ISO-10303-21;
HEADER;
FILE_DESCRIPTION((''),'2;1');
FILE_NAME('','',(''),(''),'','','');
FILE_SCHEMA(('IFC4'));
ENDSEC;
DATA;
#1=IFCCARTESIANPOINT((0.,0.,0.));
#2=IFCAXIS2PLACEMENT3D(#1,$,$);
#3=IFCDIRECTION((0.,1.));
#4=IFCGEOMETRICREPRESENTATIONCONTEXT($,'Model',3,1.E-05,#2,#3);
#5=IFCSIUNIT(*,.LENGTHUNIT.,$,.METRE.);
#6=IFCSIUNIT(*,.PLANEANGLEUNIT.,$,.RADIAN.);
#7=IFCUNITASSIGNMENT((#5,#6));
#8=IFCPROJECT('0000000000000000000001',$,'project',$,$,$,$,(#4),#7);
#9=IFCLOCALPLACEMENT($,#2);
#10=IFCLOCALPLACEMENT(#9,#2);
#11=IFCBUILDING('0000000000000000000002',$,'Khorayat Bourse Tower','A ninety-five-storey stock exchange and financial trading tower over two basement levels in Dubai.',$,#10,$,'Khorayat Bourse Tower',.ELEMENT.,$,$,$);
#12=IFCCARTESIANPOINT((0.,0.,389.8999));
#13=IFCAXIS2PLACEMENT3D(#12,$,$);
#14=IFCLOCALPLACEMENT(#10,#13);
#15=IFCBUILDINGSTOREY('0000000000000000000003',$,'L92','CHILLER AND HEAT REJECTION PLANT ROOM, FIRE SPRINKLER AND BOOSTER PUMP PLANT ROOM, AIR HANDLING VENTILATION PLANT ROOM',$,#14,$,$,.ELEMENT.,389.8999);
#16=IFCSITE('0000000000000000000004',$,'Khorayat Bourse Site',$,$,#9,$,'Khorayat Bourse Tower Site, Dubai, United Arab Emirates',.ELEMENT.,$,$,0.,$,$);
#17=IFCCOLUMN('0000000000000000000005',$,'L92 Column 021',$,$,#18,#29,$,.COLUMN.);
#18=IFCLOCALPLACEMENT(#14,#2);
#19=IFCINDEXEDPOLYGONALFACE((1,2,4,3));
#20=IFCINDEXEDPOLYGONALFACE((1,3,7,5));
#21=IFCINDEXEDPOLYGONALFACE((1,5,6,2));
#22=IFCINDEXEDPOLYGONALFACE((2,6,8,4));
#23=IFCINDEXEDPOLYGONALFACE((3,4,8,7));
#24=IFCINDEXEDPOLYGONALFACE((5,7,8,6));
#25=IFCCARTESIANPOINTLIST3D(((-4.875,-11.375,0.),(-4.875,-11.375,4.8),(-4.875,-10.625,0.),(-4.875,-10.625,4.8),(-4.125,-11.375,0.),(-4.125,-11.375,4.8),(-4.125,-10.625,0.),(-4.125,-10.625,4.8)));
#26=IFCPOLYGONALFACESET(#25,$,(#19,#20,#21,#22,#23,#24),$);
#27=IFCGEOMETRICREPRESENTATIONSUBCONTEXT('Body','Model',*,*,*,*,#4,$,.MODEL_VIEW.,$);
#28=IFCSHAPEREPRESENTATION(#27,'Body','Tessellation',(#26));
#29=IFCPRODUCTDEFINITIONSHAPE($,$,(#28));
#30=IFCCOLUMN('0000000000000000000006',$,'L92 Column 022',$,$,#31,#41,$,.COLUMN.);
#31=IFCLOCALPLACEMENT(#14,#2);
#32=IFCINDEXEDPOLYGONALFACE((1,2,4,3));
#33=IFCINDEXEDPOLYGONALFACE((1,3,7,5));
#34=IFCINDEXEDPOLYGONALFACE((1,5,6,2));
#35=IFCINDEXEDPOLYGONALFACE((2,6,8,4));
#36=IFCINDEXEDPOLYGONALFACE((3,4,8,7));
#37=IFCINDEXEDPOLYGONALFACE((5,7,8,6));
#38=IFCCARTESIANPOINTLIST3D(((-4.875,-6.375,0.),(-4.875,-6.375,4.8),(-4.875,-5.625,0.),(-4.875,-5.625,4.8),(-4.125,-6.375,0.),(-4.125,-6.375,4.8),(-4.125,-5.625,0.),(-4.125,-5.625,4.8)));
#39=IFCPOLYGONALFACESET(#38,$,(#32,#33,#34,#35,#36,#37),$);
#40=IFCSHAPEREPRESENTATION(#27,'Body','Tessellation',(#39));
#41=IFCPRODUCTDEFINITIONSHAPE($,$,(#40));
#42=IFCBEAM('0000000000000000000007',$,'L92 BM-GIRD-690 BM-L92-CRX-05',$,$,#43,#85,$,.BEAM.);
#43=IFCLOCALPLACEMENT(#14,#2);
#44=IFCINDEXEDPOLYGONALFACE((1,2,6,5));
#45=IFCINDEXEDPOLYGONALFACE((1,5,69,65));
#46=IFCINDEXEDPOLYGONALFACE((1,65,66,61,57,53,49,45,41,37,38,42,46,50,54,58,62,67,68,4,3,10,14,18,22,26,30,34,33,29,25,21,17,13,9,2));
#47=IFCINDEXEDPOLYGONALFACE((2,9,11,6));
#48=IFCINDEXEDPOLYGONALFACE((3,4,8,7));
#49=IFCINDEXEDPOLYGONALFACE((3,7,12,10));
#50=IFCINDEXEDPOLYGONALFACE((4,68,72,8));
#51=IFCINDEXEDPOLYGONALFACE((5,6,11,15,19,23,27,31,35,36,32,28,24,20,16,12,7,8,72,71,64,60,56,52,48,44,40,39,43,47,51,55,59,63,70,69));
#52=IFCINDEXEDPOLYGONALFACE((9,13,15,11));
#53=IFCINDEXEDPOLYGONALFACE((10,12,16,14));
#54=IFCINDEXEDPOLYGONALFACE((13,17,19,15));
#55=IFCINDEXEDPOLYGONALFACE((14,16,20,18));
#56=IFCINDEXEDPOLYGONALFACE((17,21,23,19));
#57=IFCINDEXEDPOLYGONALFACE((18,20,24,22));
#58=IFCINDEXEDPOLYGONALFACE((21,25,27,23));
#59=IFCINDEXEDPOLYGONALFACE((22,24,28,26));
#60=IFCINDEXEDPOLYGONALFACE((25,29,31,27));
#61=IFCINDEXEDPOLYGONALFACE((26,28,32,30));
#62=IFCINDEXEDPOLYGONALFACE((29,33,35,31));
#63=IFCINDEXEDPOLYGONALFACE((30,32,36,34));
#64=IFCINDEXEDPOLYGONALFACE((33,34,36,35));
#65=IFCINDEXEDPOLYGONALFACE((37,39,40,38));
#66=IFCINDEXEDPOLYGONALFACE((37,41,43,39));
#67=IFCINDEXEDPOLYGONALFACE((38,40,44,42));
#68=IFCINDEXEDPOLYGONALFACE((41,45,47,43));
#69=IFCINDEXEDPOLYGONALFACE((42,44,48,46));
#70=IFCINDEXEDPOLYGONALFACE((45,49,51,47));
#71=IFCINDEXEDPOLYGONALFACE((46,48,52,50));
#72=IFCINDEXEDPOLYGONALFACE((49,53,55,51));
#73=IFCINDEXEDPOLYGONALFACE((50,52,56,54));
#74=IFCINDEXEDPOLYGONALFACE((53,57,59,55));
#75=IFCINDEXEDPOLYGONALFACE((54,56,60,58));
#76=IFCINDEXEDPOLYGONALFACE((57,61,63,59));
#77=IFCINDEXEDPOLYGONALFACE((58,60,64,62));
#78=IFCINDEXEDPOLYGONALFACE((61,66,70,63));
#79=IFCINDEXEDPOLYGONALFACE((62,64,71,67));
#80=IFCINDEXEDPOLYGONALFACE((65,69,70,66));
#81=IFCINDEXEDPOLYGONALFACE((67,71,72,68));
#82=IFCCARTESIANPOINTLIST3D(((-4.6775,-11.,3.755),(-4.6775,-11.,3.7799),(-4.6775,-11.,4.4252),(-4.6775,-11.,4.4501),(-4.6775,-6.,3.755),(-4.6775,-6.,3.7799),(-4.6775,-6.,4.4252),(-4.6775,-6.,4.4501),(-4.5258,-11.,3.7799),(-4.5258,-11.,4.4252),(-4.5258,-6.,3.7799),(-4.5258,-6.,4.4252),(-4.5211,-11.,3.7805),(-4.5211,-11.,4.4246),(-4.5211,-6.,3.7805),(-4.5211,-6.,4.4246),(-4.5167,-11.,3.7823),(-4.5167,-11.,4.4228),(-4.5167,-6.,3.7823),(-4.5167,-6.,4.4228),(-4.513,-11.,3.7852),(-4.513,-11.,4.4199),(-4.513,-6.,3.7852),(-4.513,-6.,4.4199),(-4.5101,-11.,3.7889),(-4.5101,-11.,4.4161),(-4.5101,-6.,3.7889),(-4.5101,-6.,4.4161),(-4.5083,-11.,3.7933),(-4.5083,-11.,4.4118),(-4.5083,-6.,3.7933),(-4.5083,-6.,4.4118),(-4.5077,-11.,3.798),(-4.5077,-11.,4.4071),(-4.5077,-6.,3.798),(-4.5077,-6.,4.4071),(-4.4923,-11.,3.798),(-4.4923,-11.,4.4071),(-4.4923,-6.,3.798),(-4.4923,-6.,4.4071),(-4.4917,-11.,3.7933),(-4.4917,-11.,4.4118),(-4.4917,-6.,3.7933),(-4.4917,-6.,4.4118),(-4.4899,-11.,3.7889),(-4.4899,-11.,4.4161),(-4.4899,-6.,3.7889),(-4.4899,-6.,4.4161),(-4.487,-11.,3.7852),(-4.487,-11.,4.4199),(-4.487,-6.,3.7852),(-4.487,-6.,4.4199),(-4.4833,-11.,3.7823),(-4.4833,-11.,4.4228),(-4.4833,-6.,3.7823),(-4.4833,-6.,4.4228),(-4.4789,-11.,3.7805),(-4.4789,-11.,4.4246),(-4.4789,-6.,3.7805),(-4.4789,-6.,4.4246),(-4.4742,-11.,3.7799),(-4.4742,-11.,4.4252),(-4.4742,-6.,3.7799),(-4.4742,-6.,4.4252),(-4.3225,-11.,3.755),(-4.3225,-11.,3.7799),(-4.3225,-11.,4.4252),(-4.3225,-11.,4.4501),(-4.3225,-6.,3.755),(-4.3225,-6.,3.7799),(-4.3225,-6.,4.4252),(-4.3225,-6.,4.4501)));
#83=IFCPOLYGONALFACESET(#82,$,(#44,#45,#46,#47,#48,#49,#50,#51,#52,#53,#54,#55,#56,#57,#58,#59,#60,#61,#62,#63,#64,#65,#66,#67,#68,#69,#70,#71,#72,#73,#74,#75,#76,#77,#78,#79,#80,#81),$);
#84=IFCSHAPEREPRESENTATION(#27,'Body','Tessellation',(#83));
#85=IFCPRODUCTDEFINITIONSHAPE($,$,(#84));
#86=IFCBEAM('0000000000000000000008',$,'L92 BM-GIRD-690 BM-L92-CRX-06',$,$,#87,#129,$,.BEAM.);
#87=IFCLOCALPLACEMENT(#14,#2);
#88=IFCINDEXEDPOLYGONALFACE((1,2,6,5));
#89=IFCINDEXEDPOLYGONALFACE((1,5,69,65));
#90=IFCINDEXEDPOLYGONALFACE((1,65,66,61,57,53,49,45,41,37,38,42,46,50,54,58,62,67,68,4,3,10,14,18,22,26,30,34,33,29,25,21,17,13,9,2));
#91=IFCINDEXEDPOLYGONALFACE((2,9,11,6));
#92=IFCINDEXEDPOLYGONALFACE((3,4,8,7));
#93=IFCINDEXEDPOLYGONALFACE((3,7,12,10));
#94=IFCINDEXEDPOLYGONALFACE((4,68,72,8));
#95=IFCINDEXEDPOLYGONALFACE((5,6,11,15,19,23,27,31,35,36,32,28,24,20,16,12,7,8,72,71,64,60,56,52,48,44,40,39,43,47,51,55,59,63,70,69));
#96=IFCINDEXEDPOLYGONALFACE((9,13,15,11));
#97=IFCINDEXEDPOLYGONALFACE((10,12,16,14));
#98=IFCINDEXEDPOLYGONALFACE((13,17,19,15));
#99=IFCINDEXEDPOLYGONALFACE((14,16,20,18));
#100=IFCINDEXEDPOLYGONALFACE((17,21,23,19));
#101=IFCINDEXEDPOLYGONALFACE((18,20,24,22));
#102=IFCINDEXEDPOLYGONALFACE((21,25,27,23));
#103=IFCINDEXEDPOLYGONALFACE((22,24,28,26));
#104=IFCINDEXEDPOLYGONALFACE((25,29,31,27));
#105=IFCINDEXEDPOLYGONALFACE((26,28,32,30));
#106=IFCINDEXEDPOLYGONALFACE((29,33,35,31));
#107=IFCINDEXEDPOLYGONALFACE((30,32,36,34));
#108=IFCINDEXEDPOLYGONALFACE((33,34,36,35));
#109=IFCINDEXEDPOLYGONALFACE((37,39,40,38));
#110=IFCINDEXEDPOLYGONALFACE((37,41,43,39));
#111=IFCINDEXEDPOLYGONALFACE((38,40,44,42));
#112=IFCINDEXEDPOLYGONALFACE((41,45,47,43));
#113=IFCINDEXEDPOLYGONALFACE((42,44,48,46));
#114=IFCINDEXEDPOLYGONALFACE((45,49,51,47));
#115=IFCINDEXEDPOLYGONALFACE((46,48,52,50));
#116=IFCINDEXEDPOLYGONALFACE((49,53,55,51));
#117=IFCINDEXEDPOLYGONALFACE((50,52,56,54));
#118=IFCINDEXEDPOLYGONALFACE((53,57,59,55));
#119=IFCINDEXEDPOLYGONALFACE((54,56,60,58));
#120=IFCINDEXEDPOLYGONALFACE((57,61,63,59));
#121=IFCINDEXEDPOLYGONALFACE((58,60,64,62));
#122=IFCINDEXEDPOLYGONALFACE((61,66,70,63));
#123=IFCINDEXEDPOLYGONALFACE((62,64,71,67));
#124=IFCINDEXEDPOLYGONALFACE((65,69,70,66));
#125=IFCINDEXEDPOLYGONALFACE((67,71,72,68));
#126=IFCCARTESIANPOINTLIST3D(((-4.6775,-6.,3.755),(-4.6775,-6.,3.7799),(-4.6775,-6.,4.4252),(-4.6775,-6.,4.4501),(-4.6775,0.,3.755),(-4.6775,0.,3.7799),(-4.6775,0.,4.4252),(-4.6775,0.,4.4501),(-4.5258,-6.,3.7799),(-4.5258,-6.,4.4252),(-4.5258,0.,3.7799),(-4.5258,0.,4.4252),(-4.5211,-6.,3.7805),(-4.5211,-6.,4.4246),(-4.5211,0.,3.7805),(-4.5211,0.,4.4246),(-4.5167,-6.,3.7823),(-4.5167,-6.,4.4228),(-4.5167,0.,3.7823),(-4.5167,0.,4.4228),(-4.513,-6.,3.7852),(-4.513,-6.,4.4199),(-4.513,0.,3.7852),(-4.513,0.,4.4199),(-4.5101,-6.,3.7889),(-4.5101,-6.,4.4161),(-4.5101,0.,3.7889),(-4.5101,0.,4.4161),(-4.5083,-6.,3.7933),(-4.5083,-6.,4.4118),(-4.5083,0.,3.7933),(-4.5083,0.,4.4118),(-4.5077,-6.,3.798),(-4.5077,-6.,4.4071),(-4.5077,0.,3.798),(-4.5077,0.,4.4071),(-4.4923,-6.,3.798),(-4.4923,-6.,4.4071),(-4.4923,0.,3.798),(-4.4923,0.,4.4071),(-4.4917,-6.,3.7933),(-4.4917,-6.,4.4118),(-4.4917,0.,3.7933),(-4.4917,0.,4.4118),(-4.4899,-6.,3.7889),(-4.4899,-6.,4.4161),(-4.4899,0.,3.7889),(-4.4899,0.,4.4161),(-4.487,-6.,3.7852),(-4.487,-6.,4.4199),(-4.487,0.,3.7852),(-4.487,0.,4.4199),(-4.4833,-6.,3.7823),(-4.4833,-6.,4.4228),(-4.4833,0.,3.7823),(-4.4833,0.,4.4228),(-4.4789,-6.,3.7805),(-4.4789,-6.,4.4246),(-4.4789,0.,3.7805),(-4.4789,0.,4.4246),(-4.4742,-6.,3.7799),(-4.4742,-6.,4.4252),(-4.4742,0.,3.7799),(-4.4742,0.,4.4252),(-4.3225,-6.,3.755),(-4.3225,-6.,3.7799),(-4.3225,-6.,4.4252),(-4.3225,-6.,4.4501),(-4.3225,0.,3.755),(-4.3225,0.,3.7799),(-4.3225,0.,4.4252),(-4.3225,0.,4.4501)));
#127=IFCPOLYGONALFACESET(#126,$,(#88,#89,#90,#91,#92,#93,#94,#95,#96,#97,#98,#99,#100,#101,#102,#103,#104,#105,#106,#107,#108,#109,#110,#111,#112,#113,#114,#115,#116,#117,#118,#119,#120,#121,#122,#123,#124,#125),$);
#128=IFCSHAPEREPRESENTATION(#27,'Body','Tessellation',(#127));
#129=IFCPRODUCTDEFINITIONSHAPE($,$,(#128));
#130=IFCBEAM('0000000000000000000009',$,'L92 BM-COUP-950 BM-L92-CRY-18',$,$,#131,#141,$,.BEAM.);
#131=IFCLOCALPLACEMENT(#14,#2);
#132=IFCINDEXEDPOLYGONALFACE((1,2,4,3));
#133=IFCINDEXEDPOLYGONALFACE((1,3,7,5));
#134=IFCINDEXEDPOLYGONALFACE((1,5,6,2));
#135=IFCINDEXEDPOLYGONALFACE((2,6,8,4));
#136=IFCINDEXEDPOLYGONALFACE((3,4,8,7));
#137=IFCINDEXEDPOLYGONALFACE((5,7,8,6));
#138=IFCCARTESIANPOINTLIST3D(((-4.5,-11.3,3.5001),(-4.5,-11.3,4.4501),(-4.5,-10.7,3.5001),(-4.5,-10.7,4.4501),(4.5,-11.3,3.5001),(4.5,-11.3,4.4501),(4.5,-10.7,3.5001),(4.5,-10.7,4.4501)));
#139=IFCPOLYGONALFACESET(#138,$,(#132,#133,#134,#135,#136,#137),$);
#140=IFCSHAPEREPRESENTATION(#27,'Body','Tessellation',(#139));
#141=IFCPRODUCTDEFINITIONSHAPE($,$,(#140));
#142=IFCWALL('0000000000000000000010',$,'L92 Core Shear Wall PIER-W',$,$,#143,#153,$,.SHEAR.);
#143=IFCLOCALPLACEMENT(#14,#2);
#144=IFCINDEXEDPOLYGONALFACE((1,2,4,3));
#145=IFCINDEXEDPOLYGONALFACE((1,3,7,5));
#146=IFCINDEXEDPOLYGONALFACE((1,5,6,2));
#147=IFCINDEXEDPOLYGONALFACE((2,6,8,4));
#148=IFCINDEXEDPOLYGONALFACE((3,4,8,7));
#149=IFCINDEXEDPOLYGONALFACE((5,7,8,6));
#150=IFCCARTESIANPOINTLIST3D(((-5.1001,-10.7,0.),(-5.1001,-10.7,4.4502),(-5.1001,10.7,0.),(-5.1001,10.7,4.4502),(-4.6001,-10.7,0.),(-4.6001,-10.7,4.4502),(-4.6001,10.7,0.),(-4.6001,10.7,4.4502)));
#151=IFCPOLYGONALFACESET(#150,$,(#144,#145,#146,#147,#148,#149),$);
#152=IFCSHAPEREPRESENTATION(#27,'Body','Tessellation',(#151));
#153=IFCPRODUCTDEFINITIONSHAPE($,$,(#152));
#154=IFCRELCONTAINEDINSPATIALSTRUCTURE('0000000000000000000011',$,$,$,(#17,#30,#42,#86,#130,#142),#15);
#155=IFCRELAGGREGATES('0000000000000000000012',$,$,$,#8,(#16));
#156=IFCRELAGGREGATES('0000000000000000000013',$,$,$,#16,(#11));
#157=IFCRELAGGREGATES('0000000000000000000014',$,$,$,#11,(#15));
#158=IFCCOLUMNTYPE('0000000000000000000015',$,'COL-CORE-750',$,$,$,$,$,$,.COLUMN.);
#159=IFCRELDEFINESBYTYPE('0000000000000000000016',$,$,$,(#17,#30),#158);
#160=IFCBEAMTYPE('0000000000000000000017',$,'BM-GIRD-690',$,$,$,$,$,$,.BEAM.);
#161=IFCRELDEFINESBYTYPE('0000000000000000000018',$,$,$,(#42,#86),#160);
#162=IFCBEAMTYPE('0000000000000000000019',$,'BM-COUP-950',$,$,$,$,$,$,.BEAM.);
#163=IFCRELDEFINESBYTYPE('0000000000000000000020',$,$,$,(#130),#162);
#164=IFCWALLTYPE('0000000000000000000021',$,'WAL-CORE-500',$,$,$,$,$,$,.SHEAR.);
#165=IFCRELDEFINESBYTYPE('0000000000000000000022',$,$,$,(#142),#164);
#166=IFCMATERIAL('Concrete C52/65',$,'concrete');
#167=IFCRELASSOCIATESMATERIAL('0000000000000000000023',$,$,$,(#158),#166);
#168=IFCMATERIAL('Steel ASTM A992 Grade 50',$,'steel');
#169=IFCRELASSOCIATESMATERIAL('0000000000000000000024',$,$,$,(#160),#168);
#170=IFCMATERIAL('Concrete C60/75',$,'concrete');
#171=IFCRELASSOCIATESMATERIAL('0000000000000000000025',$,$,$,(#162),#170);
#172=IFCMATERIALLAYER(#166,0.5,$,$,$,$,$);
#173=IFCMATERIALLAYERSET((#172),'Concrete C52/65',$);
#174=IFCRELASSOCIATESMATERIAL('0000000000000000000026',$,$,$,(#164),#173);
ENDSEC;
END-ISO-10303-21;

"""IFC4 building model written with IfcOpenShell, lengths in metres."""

from ifc_helpers import new_model, si_unit, direction, frame, frame_2d, origin, origin_2d, place, context, subcontext, project, spatial, rectangle, i_section, extrude, source, transform, mapped, material, layer, layer_set, material_profile, profile_set, type_object, element, save


model = new_model("IFC4")

# Units and contexts
model_context = context("Model", 3, precision=1e-05, world=origin(), true_north=direction((0.0, 1.0)))
body_context = subcontext(model_context, "Body", "Model", "MODEL_VIEW")
ifc_project = project(units=[si_unit("LENGTHUNIT", "METRE"), si_unit("PLANEANGLEUNIT", "RADIAN")], contexts=[model_context])

# Site, building, storey
site_placement = place(None, origin())
site = spatial("IfcSite", under=ifc_project, at=site_placement, Name="Khorayat Bourse Site", LongName="Khorayat Bourse Tower Site, Dubai, United Arab Emirates", CompositionType="ELEMENT", RefElevation=0.0)
building_placement = place(site_placement, origin())
building = spatial("IfcBuilding", under=site, at=building_placement, Name="Khorayat Bourse Tower", Description="A ninety-five-storey stock exchange and financial trading tower over two basement levels in Dubai.", LongName="Khorayat Bourse Tower", CompositionType="ELEMENT")
storey_placement = place(building_placement, frame((0.0, 0.0, 389.8999)))
storey = spatial("IfcBuildingStorey", under=building, at=storey_placement, Name="L92", Description="CHILLER AND HEAT REJECTION PLANT ROOM, FIRE SPRINKLER AND BOOSTER PUMP PLANT ROOM, AIR HANDLING VENTILATION PLANT ROOM", CompositionType="ELEMENT", Elevation=389.8999)

# Columns
ifc_material_1 = material(Name="Concrete C52/65", Category="concrete")
ifc_material_profile_1 = material_profile(ifc_material_1, rectangle(XDim=0.75, YDim=0.75, at=origin_2d()), Name="RC 750x750")
ifc_profile_set_1 = profile_set([ifc_material_profile_1], Name="Concrete C52/65")
column_type = type_object("IfcColumnType", Name="COL-CORE-750", PredefinedType="COLUMN", material=ifc_profile_set_1)
shared_shape_1 = source(origin(), body_context, "Body", "SweptSolid", [
    extrude(rectangle(XDim=0.75, YDim=0.75, at=origin_2d()), origin(), (0.0, 0.0, 1.0), 4.8),
])
for number, where, z_axis, x_axis, name in (
    (1, (-4.5, -11.0, 0.0), (0.0, 0.0, 1.0), (1.0, 0.0, 0.0), "L92 Column 021"),
    (2, (-4.5, -6.0, 0.0), (0.0, 0.0, 1.0), (1.0, 0.0, 0.0), "L92 Column 022"),
):
    element("IfcColumn", number, at=place(storey_placement, frame(where, z_axis=z_axis, x_axis=x_axis)), inside=storey, type_object=column_type, Name=name, PredefinedType="COLUMN", context=body_context, shape_type="MappedRepresentation", body=[
        mapped(shared_shape_1, transform((0.0, 0.0, 0.0), scale=1.0)),
    ])

# Beams
ifc_material_2 = material(Name="Steel ASTM A992 Grade 50", Category="steel")
ifc_material_profile_2 = material_profile(ifc_material_2, i_section(OverallWidth=0.355, OverallDepth=0.6951, WebThickness=0.0154, FlangeThickness=0.0249, FilletRadius=0.0181, at=origin_2d()), Name="W690X217")
ifc_profile_set_2 = profile_set([ifc_material_profile_2], Name="Steel ASTM A992 Grade 50")
beam_type_1 = type_object("IfcBeamType", Name="BM-GIRD-690", PredefinedType="BEAM", material=ifc_profile_set_2)
shared_shape_2 = source(origin(), body_context, "Body", "SweptSolid", [
    extrude(i_section(OverallWidth=0.355, OverallDepth=0.6951, WebThickness=0.0154, FlangeThickness=0.0249, FilletRadius=0.0181, at=origin_2d()), origin(), (0.0, 0.0, 1.0), 5.0),
])
beam_1_placement = place(storey_placement, frame((-4.5, -11.0, 4.1025), z_axis=(0.0, 1.0, 0.0), x_axis=(-1.0, 0.0, 0.0)))
element("IfcBeam", 3, at=beam_1_placement, inside=storey, type_object=beam_type_1, Name="L92 BM-GIRD-690 BM-L92-CRX-05", PredefinedType="BEAM", context=body_context, shape_type="MappedRepresentation", body=[
    mapped(shared_shape_2, transform((0.0, 0.0, 0.0), scale=1.0)),
])
shared_shape_3 = source(origin(), body_context, "Body", "SweptSolid", [
    extrude(i_section(OverallWidth=0.355, OverallDepth=0.6951, WebThickness=0.0154, FlangeThickness=0.0249, FilletRadius=0.0181, at=origin_2d()), origin(), (0.0, 0.0, 1.0), 6.0),
])
beam_2_placement = place(storey_placement, frame((-4.5, -6.0, 4.1025), z_axis=(0.0, 1.0, 0.0), x_axis=(-1.0, 0.0, 0.0)))
element("IfcBeam", 4, at=beam_2_placement, inside=storey, type_object=beam_type_1, Name="L92 BM-GIRD-690 BM-L92-CRX-06", PredefinedType="BEAM", context=body_context, shape_type="MappedRepresentation", body=[
    mapped(shared_shape_3, transform((0.0, 0.0, 0.0), scale=1.0)),
])
ifc_material_3 = material(Name="Concrete C60/75", Category="concrete")
ifc_material_profile_3 = material_profile(ifc_material_3, rectangle(XDim=0.6001, YDim=0.95, at=origin_2d()), Name="RC 600x950")
ifc_profile_set_3 = profile_set([ifc_material_profile_3], Name="Concrete C60/75")
beam_type_2 = type_object("IfcBeamType", Name="BM-COUP-950", PredefinedType="BEAM", material=ifc_profile_set_3)
shared_shape_4 = source(origin(), body_context, "Body", "SweptSolid", [
    extrude(rectangle(XDim=0.6001, YDim=0.95, at=origin_2d()), origin(), (0.0, 0.0, 1.0), 9.0),
])
beam_3_placement = place(storey_placement, frame((-4.5, -11.0, 3.9751), z_axis=(1.0, 0.0, 0.0), x_axis=(0.0, 1.0, 0.0)))
element("IfcBeam", 5, at=beam_3_placement, inside=storey, type_object=beam_type_2, Name="L92 BM-COUP-950 BM-L92-CRY-18", PredefinedType="BEAM", context=body_context, shape_type="MappedRepresentation", body=[
    mapped(shared_shape_4, transform((0.0, 0.0, 0.0), scale=1.0)),
])

# Wall
ifc_layer_1 = layer(ifc_material_1, 0.5)
ifc_layer_set_1 = layer_set([ifc_layer_1], Name="Concrete C52/65")
wall_type_1 = type_object("IfcWallType", Name="WAL-CORE-500", PredefinedType="SHEAR", material=ifc_layer_set_1)
shared_shape_5 = source(origin(), body_context, "Body", "SweptSolid", [
    extrude(rectangle(XDim=21.3999, YDim=0.5, at=frame_2d((10.7, 0.0))), origin(), (0.0, 0.0, 1.0), 4.4502),
])
wall_1_placement = place(storey_placement, frame((-4.8501, -10.7, 0.0), z_axis=(0.0, 0.0, 1.0), x_axis=(0.0, 1.0, 0.0)))
element("IfcWall", 6, at=wall_1_placement, inside=storey, type_object=wall_type_1, Name="L92 Core Shear Wall PIER-W", PredefinedType="SHEAR", context=body_context, shape_type="MappedRepresentation", body=[
    mapped(shared_shape_5, transform((0.0, 0.0, 0.0), scale=1.0)),
])

save(model, "model.ifc")
